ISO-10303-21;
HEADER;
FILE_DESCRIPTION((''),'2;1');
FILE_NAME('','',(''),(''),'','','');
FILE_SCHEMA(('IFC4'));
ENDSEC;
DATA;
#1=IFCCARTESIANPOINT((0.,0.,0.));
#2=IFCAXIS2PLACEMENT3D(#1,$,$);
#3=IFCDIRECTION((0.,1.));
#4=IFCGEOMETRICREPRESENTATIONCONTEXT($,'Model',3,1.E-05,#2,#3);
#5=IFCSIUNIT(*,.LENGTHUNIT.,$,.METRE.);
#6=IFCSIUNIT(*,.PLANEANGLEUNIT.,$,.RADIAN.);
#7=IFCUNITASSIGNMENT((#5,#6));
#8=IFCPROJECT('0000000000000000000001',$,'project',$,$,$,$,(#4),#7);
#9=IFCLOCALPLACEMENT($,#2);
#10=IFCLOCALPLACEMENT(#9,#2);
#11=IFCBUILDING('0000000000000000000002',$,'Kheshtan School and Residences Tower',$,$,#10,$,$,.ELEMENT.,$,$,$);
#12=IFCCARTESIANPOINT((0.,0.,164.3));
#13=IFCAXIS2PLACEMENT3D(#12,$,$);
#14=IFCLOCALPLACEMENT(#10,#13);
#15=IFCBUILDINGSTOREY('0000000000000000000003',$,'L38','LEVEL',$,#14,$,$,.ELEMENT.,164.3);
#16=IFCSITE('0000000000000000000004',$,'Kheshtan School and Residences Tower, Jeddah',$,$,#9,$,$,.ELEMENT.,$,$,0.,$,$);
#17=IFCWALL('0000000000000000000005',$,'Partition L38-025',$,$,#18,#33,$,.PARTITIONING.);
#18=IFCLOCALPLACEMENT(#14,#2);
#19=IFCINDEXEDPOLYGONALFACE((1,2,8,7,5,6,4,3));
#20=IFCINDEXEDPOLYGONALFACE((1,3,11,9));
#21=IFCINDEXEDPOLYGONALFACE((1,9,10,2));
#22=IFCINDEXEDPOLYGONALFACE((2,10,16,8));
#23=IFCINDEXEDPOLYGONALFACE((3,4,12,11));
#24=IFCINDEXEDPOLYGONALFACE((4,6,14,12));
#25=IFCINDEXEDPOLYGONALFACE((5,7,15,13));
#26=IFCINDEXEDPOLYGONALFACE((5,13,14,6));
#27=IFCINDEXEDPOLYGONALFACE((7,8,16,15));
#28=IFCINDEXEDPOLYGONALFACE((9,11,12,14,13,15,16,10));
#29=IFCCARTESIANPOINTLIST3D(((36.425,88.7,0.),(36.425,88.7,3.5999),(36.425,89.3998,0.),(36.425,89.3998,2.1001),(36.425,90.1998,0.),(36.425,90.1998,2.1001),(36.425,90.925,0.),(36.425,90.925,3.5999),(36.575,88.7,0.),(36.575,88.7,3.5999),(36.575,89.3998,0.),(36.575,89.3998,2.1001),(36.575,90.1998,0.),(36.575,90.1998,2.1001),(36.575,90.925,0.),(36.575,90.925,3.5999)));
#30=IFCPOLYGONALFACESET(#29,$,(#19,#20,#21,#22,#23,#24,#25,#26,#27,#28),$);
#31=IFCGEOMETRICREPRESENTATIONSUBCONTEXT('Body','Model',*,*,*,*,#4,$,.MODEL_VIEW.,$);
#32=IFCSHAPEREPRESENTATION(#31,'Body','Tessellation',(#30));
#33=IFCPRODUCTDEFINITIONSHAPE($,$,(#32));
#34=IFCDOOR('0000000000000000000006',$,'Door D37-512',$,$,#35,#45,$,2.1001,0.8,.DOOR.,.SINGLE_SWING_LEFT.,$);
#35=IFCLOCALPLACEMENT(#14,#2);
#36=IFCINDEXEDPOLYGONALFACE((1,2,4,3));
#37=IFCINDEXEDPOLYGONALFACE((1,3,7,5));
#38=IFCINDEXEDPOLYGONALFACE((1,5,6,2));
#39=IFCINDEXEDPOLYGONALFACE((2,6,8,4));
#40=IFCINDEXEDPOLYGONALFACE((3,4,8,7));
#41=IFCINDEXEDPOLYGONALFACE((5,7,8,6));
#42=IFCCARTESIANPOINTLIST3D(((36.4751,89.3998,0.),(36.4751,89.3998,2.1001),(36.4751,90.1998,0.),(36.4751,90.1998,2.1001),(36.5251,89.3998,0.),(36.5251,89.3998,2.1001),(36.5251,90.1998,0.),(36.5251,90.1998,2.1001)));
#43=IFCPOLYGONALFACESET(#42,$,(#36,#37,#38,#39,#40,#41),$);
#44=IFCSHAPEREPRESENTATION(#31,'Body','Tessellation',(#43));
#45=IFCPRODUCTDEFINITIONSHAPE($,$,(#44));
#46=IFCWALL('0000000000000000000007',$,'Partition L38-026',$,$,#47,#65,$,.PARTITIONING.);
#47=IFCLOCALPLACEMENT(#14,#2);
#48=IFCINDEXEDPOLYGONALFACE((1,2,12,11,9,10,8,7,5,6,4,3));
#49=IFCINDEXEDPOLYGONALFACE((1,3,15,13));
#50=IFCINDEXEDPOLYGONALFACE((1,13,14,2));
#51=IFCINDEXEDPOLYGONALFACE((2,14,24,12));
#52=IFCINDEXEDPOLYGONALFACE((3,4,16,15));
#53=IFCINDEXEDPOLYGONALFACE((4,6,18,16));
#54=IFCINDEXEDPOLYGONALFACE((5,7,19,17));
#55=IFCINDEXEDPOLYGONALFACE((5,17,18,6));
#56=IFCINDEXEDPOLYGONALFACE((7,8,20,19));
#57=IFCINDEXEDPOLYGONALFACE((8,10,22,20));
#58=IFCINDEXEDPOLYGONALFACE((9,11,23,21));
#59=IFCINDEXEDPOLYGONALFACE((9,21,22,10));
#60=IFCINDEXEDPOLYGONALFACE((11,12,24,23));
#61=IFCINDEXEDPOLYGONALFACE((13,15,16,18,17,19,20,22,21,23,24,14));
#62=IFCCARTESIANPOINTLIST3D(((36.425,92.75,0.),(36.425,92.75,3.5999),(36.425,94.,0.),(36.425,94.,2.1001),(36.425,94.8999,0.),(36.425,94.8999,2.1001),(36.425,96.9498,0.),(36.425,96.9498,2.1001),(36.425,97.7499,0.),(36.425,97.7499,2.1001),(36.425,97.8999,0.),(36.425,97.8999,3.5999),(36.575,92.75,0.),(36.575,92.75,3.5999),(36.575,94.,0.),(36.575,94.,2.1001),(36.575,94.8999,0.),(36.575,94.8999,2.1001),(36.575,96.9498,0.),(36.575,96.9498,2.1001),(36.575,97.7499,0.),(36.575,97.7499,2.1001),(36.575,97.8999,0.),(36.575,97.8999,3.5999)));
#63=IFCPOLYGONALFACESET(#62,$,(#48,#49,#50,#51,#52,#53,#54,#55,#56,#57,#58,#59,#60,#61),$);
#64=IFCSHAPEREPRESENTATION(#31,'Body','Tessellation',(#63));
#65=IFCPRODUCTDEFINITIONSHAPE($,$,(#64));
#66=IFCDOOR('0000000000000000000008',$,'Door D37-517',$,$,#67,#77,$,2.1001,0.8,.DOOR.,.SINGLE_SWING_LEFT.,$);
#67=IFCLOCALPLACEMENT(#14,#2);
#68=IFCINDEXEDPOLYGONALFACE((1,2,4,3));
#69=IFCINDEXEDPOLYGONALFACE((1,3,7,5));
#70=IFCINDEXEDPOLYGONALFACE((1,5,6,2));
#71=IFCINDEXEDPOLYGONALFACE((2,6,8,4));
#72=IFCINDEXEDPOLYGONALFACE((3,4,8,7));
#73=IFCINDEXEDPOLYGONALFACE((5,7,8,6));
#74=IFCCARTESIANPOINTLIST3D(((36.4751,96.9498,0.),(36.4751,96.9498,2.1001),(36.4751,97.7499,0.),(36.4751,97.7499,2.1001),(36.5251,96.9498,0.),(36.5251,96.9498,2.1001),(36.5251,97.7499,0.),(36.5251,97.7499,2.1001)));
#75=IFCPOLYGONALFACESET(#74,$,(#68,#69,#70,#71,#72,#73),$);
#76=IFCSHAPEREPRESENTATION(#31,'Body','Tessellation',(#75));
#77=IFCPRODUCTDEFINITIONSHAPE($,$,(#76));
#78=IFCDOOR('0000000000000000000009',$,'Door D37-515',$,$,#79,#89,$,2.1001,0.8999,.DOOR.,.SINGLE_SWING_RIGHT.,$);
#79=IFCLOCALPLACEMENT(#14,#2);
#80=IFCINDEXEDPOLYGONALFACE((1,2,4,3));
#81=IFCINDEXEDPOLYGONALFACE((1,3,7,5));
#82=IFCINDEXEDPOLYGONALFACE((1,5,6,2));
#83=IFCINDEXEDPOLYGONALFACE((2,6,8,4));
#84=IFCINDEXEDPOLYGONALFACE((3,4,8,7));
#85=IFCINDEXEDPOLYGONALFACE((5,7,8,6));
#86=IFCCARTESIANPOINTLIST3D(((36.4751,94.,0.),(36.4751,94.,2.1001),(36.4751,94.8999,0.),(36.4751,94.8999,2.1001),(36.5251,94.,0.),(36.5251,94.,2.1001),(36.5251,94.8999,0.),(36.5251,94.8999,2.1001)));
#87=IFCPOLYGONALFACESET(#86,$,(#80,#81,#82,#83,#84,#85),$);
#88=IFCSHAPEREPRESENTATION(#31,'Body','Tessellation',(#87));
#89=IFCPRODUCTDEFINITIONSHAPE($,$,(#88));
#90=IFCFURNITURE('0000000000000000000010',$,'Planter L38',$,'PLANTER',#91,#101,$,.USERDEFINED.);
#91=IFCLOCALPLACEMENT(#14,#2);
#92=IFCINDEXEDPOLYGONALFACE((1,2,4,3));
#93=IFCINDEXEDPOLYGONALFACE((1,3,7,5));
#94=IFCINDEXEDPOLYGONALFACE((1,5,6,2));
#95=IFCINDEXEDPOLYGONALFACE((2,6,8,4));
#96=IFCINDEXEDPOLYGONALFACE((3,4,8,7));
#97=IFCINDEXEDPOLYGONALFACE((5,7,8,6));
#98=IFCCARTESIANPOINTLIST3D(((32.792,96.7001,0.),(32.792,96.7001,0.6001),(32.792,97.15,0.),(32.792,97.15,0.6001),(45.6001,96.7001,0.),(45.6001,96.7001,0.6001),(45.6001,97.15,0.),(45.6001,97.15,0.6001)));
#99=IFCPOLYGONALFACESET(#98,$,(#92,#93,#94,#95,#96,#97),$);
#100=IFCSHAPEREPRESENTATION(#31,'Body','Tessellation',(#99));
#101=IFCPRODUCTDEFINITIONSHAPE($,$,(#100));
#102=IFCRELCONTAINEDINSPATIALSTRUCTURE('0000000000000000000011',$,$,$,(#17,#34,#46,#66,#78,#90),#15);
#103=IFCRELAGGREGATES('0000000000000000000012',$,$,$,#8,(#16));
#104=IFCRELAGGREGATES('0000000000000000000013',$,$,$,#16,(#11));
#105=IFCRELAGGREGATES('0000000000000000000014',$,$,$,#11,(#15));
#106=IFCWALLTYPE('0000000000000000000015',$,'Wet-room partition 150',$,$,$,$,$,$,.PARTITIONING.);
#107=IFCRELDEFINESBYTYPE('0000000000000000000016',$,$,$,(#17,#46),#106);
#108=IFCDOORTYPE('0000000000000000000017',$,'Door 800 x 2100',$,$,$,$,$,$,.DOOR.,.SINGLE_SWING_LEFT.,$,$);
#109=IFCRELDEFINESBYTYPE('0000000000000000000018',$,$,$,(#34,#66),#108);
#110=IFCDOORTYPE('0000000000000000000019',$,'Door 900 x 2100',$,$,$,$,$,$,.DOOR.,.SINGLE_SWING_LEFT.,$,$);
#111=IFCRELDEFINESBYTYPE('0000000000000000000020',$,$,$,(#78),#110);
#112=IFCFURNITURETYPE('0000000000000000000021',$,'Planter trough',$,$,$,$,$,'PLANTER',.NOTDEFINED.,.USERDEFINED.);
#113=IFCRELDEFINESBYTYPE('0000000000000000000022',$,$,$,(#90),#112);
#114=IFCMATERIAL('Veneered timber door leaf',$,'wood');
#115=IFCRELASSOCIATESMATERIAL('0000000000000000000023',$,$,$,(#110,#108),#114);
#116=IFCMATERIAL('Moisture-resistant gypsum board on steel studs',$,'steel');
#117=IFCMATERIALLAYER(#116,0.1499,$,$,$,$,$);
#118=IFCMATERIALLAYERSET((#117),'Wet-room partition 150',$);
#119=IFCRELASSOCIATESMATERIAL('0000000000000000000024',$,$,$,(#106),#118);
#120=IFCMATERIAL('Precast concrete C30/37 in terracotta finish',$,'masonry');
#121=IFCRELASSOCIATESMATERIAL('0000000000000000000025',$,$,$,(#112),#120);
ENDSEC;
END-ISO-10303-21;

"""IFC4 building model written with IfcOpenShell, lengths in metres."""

from ifc_helpers import new_model, si_unit, direction, frame, frame_2d, origin, origin_2d, place, context, subcontext, project, spatial, rectangle, extrude, source, transform, mapped, material, layer, layer_set, type_object, element, fill, save


model = new_model("IFC4")

# Units and contexts
model_context = context("Model", 3, precision=1e-05, world=origin(), true_north=direction((0.0, 1.0)))
body_context = subcontext(model_context, "Body", "Model", "MODEL_VIEW")
ifc_project = project(units=[si_unit("LENGTHUNIT", "METRE"), si_unit("PLANEANGLEUNIT", "RADIAN")], contexts=[model_context])

# Site, building, storey
site_placement = place(None, origin())
site = spatial("IfcSite", under=ifc_project, at=site_placement, Name="Kheshtan School and Residences Tower, Jeddah", CompositionType="ELEMENT", RefElevation=0.0)
building_placement = place(site_placement, origin())
building = spatial("IfcBuilding", under=site, at=building_placement, Name="Kheshtan School and Residences Tower", CompositionType="ELEMENT")
storey_placement = place(building_placement, frame((0.0, 0.0, 164.3)))
storey = spatial("IfcBuildingStorey", under=building, at=storey_placement, Name="L38", Description="LEVEL", CompositionType="ELEMENT", Elevation=164.3)

# Shared definitions
ifc_material_1 = material(Name="Veneered timber door leaf", Category="wood")
door_type_1 = type_object("IfcDoorType", Name="Door 900 x 2100", OperationType="SINGLE_SWING_LEFT", PredefinedType="DOOR", material=ifc_material_1)
shared_shape_1 = source(origin(), body_context, "Body", "SweptSolid", [
    extrude(rectangle(XDim=0.8999, YDim=2.1001, at=frame_2d((0.45, 1.05))), frame((0.0, 0.0249, 0.0), z_axis=(0.0, -1.0, 0.0), x_axis=(1.0, 0.0, 0.0)), (0.0, 0.0, 1.0), 0.05),
])

# Wall, opening, door
ifc_material_2 = material(Name="Moisture-resistant gypsum board on steel studs", Category="steel")
ifc_layer_1 = layer(ifc_material_2, 0.1499)
ifc_layer_set_1 = layer_set([ifc_layer_1], Name="Wet-room partition 150")
wall_type_1 = type_object("IfcWallType", Name="Wet-room partition 150", PredefinedType="PARTITIONING", material=ifc_layer_set_1)
wall_1_placement = place(storey_placement, frame((36.5, 88.7, 0.0), z_axis=(0.0, 0.0, 1.0), x_axis=(0.0, 1.0, 0.0)))
wall_1 = element("IfcWall", 1, at=wall_1_placement, inside=storey, type_object=wall_type_1, Name="Partition L38-025", PredefinedType="PARTITIONING", context=body_context, shape_type="SweptSolid", body=[
    extrude(rectangle(XDim=2.2251, YDim=0.1499, at=frame_2d((1.1125, 0.0))), origin(), (0.0, 0.0, 1.0), 3.5999),
])
opening_1_placement = place(wall_1_placement, frame((0.7, 0.0, 0.0)))
opening_1 = element("IfcOpeningElement", 2, at=opening_1_placement, cuts=wall_1, PredefinedType="OPENING", context=body_context, shape_type="SweptSolid", body=[
    extrude(rectangle(XDim=0.8, YDim=2.1001, at=frame_2d((0.3999, 1.05))), frame((0.0, 0.085, 0.0), z_axis=(0.0, -1.0, 0.0), x_axis=(1.0, 0.0, 0.0)), (0.0, 0.0, 1.0), 0.1699),
])
door_type_2 = type_object("IfcDoorType", Name="Door 800 x 2100", OperationType="SINGLE_SWING_LEFT", PredefinedType="DOOR", material=ifc_material_1)
shared_shape_2 = source(origin(), body_context, "Body", "SweptSolid", [
    extrude(rectangle(XDim=0.8, YDim=2.1001, at=frame_2d((0.3999, 1.05))), frame((0.0, 0.0249, 0.0), z_axis=(0.0, -1.0, 0.0), x_axis=(1.0, 0.0, 0.0)), (0.0, 0.0, 1.0), 0.05),
])
door_1_placement = place(opening_1_placement, origin())
door_1 = element("IfcDoor", 3, at=door_1_placement, inside=storey, type_object=door_type_2, Name="Door D37-512", OperationType="SINGLE_SWING_LEFT", OverallHeight=2.1001, OverallWidth=0.8, PredefinedType="DOOR", context=body_context, shape_type="MappedRepresentation", body=[
    mapped(shared_shape_2, transform((0.0, 0.0, 0.0), x_axis=(1.0, 0.0, 0.0), y_axis=(0.0, 1.0, 0.0), z_axis=(0.0, 0.0, 1.0), scale=1.0)),
])
fill(opening_1, door_1)

# Wall, openings, doors
wall_2_placement = place(storey_placement, frame((36.5, 92.75, 0.0), z_axis=(0.0, 0.0, 1.0), x_axis=(0.0, 1.0, 0.0)))
wall_2 = element("IfcWall", 4, at=wall_2_placement, inside=storey, type_object=wall_type_1, Name="Partition L38-026", PredefinedType="PARTITIONING", context=body_context, shape_type="SweptSolid", body=[
    extrude(rectangle(XDim=5.1499, YDim=0.1499, at=frame_2d((2.575, 0.0))), origin(), (0.0, 0.0, 1.0), 3.5999),
])
opening_2_placement = place(wall_2_placement, frame((1.25, 0.0, 0.0)))
opening_2 = element("IfcOpeningElement", 5, at=opening_2_placement, cuts=wall_2, PredefinedType="OPENING", context=body_context, shape_type="SweptSolid", body=[
    extrude(rectangle(XDim=0.8999, YDim=2.1001, at=frame_2d((0.45, 1.05))), frame((0.0, 0.085, 0.0), z_axis=(0.0, -1.0, 0.0), x_axis=(1.0, 0.0, 0.0)), (0.0, 0.0, 1.0), 0.1699),
])
opening_3_placement = place(wall_2_placement, frame((4.2, 0.0, 0.0)))
opening_3 = element("IfcOpeningElement", 6, at=opening_3_placement, cuts=wall_2, PredefinedType="OPENING", context=body_context, shape_type="SweptSolid", body=[
    extrude(rectangle(XDim=0.8, YDim=2.1001, at=frame_2d((0.3999, 1.05))), frame((0.0, 0.085, 0.0), z_axis=(0.0, -1.0, 0.0), x_axis=(1.0, 0.0, 0.0)), (0.0, 0.0, 1.0), 0.1699),
])
door_2_placement = place(opening_3_placement, origin())
door_2 = element("IfcDoor", 7, at=door_2_placement, inside=storey, type_object=door_type_2, Name="Door D37-517", OperationType="SINGLE_SWING_LEFT", OverallHeight=2.1001, OverallWidth=0.8, PredefinedType="DOOR", context=body_context, shape_type="MappedRepresentation", body=[
    mapped(shared_shape_2, transform((0.0, 0.0, 0.0), x_axis=(1.0, 0.0, 0.0), y_axis=(0.0, 1.0, 0.0), z_axis=(0.0, 0.0, 1.0), scale=1.0)),
])
fill(opening_3, door_2)
door_3_placement = place(opening_2_placement, origin())
door_3 = element("IfcDoor", 8, at=door_3_placement, inside=storey, type_object=door_type_1, Name="Door D37-515", OperationType="SINGLE_SWING_RIGHT", OverallHeight=2.1001, OverallWidth=0.8999, PredefinedType="DOOR", context=body_context, shape_type="MappedRepresentation", body=[
    mapped(shared_shape_1, transform((0.0, 0.0, 0.0), x_axis=(1.0, 0.0, 0.0), y_axis=(0.0, 1.0, 0.0), z_axis=(0.0, 0.0, 1.0), scale=1.0)),
])
fill(opening_2, door_3)

# Furniture
ifc_material_3 = material(Name="Precast concrete C30/37 in terracotta finish", Category="masonry")
furniture_type = type_object("IfcFurnitureType", Name="Planter trough", ElementType="PLANTER", AssemblyPlace="NOTDEFINED", PredefinedType="USERDEFINED", material=ifc_material_3)
furniture_placement = place(storey_placement, frame((39.196, 96.925, 0.0), z_axis=(0.0, 0.0, 1.0), x_axis=(1.0, 0.0, 0.0)))
element("IfcFurniture", 9, at=furniture_placement, inside=storey, type_object=furniture_type, Name="Planter L38", ObjectType="PLANTER", PredefinedType="USERDEFINED", context=body_context, shape_type="SweptSolid", body=[
    extrude(rectangle(XDim=12.8081, YDim=0.45, at=origin_2d()), origin(), (0.0, 0.0, 1.0), 0.6001),
])

save(model, "model.ifc")
